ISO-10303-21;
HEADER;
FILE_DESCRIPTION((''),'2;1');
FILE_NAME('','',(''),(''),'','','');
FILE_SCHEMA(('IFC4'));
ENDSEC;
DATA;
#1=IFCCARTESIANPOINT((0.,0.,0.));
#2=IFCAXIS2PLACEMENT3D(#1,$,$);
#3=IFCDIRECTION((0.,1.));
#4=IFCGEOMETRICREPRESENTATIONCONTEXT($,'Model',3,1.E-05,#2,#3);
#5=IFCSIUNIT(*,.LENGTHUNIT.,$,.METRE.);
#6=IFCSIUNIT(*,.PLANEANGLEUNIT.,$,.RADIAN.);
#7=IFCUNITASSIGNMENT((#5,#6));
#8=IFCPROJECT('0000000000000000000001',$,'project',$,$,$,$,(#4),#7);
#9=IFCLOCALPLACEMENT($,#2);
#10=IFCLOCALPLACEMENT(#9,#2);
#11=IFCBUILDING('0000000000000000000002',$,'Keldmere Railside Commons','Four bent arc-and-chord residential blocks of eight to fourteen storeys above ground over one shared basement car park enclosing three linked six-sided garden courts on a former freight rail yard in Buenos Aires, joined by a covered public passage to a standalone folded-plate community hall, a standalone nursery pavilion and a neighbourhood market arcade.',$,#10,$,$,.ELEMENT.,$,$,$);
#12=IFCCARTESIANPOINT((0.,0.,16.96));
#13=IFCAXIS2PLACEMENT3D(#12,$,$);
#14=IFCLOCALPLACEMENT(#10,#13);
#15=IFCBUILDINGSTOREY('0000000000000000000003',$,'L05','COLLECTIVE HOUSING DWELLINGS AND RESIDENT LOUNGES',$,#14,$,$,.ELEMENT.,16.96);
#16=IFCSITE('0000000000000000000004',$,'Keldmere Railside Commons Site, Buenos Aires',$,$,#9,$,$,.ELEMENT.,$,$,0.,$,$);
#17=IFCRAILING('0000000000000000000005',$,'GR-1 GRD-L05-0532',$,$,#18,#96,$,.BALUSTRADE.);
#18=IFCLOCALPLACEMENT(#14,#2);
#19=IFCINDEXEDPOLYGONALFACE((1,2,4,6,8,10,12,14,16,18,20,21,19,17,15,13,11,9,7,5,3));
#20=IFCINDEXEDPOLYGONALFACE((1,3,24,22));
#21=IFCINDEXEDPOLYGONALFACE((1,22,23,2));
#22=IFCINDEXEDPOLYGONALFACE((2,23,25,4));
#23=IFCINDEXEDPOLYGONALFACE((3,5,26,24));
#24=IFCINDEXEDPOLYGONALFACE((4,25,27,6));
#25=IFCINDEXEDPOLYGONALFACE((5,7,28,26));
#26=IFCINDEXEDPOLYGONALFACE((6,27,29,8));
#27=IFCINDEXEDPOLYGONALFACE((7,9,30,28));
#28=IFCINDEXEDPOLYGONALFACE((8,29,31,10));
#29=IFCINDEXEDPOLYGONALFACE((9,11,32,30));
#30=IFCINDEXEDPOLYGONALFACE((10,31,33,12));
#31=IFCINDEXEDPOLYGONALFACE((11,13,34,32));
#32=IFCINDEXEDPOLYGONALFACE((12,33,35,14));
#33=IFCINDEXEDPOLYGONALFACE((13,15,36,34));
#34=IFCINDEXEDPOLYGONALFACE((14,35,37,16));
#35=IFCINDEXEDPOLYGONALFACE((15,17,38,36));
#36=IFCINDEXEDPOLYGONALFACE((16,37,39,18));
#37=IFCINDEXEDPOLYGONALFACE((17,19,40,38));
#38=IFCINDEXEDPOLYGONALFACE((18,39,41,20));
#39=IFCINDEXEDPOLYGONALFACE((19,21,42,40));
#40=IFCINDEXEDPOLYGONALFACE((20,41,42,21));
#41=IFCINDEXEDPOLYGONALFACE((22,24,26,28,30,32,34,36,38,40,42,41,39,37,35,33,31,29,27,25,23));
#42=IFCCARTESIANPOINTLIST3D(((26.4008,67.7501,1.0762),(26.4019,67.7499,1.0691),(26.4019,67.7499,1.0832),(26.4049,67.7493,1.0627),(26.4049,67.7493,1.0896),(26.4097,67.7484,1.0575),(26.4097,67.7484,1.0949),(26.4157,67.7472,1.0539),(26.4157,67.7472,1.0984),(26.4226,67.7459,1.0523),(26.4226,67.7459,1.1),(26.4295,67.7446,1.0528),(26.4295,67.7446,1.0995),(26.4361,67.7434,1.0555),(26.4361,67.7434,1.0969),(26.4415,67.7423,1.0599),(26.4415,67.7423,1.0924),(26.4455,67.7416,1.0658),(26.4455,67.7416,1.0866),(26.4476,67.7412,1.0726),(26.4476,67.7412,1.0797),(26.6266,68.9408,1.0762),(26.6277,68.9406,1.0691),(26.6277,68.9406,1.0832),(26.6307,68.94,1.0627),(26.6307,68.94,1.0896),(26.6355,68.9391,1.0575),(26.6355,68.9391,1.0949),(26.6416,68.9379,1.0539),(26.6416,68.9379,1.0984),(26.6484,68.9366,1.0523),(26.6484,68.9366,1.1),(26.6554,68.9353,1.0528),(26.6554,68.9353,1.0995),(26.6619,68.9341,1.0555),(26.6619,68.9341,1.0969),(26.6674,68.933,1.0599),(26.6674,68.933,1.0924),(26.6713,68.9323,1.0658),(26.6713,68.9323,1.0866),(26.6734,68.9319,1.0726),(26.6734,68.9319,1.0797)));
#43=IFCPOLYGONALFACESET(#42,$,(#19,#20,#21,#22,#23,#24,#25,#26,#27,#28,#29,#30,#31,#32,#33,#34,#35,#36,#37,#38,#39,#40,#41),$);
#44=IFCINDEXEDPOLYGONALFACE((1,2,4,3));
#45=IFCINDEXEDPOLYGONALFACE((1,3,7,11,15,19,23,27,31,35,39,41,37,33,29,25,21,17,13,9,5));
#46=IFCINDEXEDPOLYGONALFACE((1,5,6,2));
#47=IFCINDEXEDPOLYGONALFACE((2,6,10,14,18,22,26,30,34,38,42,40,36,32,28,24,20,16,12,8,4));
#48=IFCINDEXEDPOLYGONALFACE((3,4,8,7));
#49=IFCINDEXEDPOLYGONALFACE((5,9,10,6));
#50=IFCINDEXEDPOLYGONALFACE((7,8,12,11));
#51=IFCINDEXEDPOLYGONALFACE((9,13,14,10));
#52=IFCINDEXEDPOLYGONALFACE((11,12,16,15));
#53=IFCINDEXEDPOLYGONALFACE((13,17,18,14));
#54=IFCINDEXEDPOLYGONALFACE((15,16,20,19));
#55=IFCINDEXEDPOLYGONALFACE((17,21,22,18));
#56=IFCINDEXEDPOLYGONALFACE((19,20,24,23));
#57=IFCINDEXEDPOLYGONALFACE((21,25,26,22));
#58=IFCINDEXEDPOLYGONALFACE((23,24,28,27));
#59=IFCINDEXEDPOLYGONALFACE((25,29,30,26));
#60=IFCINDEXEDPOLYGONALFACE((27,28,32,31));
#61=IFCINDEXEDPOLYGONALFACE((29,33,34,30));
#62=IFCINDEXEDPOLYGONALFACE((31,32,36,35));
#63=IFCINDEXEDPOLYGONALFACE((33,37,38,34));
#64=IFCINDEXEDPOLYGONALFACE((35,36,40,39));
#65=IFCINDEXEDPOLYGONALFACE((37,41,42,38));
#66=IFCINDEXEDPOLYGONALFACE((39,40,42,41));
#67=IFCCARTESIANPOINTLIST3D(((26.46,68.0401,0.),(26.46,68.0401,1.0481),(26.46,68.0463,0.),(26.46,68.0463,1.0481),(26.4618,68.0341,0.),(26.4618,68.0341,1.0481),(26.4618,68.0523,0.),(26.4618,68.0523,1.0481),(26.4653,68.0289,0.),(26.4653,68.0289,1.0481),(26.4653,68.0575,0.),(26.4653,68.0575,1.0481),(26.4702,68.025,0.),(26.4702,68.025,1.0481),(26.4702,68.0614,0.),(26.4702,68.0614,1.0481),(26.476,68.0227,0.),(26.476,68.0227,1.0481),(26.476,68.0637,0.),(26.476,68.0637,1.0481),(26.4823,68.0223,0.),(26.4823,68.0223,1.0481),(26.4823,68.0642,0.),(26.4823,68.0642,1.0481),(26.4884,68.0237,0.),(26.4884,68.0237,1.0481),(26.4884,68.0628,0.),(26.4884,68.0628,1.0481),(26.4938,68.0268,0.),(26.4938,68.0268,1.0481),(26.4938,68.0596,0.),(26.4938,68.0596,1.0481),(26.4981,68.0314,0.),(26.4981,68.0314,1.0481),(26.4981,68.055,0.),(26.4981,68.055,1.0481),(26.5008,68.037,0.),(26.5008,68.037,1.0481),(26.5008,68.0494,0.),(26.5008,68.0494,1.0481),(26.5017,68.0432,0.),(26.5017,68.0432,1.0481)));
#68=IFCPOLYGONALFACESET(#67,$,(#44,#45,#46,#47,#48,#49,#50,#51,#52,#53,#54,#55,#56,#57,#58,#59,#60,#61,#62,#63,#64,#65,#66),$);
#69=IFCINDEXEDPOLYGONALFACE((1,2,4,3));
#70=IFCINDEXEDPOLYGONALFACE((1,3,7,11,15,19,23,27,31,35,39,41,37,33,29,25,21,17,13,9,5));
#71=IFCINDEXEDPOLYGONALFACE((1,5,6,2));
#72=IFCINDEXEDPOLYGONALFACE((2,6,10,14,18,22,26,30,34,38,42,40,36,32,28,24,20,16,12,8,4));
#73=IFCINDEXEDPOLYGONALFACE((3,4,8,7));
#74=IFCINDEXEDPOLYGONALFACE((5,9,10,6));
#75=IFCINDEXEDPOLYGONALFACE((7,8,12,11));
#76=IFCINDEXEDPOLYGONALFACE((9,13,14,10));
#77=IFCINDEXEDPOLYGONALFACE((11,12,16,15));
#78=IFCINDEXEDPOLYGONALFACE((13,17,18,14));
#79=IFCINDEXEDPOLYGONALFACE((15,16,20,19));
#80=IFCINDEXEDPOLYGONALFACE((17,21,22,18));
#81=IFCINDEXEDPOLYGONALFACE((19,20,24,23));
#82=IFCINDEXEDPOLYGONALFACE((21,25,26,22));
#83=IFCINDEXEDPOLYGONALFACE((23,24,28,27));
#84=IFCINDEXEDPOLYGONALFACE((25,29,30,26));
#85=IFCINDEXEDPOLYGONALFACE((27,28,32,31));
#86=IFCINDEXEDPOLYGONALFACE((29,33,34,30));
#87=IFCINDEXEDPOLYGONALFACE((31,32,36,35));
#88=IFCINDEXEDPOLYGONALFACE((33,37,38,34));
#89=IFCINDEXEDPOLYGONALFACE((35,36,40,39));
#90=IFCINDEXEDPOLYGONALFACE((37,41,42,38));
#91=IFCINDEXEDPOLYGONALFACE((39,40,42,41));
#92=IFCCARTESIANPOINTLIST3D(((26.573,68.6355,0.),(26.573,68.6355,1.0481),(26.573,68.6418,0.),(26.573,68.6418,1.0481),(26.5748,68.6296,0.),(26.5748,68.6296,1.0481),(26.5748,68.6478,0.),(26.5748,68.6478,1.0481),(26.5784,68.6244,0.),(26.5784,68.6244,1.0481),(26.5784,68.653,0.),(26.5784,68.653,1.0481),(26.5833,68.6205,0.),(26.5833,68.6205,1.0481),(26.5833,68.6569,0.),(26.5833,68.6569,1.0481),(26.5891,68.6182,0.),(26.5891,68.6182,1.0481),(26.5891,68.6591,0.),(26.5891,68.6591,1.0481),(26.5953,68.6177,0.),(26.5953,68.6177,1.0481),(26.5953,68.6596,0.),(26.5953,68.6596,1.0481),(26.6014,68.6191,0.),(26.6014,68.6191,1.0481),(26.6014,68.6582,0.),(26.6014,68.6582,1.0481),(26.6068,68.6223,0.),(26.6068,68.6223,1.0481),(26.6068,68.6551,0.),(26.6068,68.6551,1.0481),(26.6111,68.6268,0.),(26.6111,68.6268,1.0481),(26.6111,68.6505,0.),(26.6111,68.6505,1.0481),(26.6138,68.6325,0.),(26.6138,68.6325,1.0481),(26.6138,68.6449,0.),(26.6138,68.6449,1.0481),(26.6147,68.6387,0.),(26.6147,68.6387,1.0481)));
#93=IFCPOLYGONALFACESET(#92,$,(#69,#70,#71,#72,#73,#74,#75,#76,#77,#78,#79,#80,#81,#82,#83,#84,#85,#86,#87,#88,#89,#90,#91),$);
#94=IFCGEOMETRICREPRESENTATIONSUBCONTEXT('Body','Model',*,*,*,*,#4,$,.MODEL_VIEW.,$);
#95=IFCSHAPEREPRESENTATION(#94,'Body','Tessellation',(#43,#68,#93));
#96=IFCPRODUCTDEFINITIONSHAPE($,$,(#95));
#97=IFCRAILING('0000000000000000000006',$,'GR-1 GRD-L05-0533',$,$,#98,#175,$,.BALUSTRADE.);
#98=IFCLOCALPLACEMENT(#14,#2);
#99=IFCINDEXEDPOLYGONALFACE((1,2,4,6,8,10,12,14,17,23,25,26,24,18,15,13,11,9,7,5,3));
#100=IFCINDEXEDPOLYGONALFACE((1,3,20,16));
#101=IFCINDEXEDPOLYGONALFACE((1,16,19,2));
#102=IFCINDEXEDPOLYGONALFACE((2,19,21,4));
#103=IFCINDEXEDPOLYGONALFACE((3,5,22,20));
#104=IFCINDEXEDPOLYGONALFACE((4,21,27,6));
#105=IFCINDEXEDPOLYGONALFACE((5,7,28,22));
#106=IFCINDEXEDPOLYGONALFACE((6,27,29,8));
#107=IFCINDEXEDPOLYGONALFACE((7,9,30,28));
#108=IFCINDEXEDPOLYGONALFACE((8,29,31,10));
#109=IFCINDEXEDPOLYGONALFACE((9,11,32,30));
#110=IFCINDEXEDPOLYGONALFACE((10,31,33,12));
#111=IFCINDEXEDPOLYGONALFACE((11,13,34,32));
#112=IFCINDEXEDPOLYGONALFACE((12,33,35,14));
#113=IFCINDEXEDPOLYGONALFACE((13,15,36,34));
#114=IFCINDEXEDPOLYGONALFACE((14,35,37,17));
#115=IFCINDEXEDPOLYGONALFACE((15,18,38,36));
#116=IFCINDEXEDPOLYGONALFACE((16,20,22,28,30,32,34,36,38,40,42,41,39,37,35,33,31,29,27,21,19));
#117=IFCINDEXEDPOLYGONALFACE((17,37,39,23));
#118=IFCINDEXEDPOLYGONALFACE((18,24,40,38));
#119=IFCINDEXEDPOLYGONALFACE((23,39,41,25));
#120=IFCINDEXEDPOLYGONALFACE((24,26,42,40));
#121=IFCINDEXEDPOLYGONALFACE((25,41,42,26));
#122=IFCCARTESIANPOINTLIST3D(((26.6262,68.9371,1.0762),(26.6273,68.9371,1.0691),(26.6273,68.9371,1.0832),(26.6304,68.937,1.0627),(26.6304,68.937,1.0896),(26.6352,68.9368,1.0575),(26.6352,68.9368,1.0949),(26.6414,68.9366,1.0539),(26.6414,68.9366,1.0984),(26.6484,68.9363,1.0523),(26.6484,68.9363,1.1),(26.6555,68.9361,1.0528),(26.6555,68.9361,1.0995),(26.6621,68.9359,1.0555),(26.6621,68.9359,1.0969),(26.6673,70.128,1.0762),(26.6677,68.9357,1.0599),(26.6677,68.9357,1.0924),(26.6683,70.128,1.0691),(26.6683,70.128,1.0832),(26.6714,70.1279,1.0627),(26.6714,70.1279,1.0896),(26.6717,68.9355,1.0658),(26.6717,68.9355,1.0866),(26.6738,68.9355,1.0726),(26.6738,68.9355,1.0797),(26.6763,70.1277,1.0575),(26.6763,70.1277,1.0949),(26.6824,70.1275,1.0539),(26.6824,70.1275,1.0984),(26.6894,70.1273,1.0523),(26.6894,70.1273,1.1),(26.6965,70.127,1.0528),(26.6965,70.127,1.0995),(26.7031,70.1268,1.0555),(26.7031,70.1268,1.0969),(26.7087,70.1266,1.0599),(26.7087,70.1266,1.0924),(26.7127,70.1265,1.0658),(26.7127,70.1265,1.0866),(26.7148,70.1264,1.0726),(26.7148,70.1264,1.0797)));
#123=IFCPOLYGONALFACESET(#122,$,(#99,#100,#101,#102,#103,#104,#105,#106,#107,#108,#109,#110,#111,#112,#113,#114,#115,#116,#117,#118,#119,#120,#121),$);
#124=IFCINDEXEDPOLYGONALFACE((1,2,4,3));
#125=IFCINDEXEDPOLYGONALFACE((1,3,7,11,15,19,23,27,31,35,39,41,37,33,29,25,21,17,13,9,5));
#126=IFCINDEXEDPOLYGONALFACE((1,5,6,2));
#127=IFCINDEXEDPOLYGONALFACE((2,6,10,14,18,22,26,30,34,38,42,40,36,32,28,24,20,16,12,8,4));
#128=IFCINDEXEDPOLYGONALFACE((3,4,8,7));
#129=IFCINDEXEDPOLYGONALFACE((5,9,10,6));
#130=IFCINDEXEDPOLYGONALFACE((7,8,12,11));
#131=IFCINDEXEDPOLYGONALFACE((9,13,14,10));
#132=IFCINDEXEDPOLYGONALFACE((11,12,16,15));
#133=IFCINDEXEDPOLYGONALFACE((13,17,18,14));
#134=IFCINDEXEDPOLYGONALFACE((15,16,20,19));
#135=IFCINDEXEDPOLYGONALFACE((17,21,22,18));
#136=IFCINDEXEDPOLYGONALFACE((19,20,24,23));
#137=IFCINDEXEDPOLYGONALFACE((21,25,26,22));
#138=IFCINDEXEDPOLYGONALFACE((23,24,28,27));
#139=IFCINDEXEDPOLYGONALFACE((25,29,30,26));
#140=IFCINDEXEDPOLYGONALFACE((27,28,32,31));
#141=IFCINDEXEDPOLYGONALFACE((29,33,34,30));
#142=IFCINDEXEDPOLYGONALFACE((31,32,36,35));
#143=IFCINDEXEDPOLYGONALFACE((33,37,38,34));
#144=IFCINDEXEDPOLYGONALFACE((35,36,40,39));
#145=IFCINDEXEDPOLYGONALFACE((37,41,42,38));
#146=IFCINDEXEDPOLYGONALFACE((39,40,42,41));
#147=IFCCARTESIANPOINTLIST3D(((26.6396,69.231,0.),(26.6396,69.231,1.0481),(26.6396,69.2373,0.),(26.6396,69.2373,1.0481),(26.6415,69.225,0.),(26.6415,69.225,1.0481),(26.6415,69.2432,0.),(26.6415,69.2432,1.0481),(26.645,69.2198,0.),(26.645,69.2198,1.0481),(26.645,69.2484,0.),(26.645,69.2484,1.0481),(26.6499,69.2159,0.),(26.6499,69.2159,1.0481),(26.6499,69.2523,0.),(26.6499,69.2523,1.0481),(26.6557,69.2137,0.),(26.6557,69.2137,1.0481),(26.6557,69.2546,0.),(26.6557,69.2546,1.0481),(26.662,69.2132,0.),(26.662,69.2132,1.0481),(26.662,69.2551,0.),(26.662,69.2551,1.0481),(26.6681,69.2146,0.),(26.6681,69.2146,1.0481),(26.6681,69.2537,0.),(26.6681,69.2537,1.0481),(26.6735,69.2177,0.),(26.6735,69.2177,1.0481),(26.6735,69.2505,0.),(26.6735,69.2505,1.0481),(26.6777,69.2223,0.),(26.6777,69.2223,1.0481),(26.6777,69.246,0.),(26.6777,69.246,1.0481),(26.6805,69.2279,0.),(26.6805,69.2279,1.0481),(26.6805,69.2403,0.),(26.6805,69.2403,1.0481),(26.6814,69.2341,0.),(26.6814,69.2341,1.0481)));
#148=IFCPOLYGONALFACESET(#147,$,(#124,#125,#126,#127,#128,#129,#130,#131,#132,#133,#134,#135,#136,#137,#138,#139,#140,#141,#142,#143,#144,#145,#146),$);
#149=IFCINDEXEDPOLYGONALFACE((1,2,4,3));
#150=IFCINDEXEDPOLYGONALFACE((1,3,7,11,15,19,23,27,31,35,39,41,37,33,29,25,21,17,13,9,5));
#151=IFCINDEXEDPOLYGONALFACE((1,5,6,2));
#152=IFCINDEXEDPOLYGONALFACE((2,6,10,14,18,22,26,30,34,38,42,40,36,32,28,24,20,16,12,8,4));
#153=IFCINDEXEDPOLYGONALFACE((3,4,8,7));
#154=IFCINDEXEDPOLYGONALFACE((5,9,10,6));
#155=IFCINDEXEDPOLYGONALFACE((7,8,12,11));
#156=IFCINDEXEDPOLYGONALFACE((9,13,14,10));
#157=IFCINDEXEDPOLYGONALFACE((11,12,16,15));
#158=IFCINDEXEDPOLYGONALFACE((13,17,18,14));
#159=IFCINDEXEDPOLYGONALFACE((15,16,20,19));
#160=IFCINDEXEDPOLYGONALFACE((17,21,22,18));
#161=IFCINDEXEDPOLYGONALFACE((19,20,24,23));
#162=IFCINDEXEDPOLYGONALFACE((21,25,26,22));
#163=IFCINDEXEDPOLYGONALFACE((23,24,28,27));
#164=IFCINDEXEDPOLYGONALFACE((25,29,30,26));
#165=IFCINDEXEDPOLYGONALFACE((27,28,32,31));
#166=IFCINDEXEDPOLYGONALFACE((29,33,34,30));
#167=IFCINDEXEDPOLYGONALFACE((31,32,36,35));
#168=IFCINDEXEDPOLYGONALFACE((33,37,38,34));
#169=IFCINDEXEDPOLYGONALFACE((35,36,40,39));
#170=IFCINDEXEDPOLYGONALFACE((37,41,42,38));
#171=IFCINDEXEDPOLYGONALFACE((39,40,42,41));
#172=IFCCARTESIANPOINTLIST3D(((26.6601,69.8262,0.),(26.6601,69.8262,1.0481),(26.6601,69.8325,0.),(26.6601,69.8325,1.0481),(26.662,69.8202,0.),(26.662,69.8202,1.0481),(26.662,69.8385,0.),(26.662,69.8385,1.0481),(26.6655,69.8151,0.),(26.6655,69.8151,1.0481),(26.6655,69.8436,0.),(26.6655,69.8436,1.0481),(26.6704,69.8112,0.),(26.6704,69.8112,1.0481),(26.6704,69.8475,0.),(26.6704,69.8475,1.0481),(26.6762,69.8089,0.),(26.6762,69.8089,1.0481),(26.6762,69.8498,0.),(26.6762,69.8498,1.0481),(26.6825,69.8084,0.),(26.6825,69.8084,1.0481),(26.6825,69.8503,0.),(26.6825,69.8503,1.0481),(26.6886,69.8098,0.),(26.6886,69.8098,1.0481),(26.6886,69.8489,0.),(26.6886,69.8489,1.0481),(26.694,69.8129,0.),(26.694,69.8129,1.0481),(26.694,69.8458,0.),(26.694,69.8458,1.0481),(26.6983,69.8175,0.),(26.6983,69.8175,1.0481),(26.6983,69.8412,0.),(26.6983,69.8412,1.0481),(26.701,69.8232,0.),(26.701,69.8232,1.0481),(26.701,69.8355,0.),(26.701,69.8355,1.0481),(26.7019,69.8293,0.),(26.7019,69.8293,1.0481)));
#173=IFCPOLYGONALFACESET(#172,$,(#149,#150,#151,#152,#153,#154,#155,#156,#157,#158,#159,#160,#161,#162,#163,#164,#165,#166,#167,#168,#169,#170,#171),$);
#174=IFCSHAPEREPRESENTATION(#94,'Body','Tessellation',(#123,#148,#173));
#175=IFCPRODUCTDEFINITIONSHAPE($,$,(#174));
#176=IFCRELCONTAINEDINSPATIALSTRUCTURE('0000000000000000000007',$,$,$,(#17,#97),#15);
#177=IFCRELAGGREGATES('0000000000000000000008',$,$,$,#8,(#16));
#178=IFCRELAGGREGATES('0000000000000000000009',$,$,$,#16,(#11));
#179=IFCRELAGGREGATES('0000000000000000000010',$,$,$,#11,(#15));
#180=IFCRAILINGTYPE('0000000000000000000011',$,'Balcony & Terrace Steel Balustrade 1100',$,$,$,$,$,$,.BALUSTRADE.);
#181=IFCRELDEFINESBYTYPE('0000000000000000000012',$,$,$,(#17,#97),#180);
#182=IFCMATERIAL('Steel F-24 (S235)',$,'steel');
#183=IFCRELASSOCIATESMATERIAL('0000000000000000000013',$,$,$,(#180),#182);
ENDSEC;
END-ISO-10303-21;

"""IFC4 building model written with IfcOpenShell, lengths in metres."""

from ifc_helpers import new_model, si_unit, direction, frame, origin, origin_2d, place, context, subcontext, project, spatial, circle, extrude, material, type_object, element, save


model = new_model("IFC4")

# Units and contexts
model_context = context("Model", 3, precision=1e-05, world=origin(), true_north=direction((0.0, 1.0)))
body_context = subcontext(model_context, "Body", "Model", "MODEL_VIEW")
ifc_project = project(units=[si_unit("LENGTHUNIT", "METRE"), si_unit("PLANEANGLEUNIT", "RADIAN")], contexts=[model_context])

# Site, building, storey
site_placement = place(None, origin())
site = spatial("IfcSite", under=ifc_project, at=site_placement, Name="Keldmere Railside Commons Site, Buenos Aires", CompositionType="ELEMENT", RefElevation=0.0)
building_placement = place(site_placement, origin())
building = spatial("IfcBuilding", under=site, at=building_placement, Name="Keldmere Railside Commons", Description="Four bent arc-and-chord residential blocks of eight to fourteen storeys above ground over one shared basement car park enclosing three linked six-sided garden courts on a former freight rail yard in Buenos Aires, joined by a covered public passage to a standalone folded-plate community hall, a standalone nursery pavilion and a neighbourhood market arcade.", CompositionType="ELEMENT")
storey_placement = place(building_placement, frame((0.0, 0.0, 16.96)))
storey = spatial("IfcBuildingStorey", under=building, at=storey_placement, Name="L05", Description="COLLECTIVE HOUSING DWELLINGS AND RESIDENT LOUNGES", CompositionType="ELEMENT", Elevation=16.96)

# Railings
ifc_material_1 = material(Name="Steel F-24 (S235)", Category="steel")
railing_type = type_object("IfcRailingType", Name="Balcony & Terrace Steel Balustrade 1100", PredefinedType="BALUSTRADE", material=ifc_material_1)
railing_1_placement = place(storey_placement, frame((26.4243, 67.7456, 0.0)))
element("IfcRailing", 1, at=railing_1_placement, inside=storey, type_object=railing_type, Name="GR-1 GRD-L05-0532", PredefinedType="BALUSTRADE", context=body_context, shape_type="SweptSolid", body=[
    extrude(circle(Radius=0.0239, at=origin_2d()), frame((0.0, 0.0, 1.0762), z_axis=(0.186344, 0.982485, 0.0), x_axis=(-0.982485, 0.186344, 0.0)), (0.0, 0.0, 1.0), 1.2119),
    extrude(circle(Radius=0.021, at=origin_2d()), frame((0.0564, 0.2976, 0.0)), (0.0, 0.0, 1.0), 1.0481),
    extrude(circle(Radius=0.021, at=origin_2d()), frame((0.1694, 0.8931, 0.0)), (0.0, 0.0, 1.0), 1.0481),
])
railing_2_placement = place(storey_placement, frame((26.6501, 68.9363, 0.0)))
element("IfcRailing", 2, at=railing_2_placement, inside=storey, type_object=railing_type, Name="GR-1 GRD-L05-0533", PredefinedType="BALUSTRADE", context=body_context, shape_type="SweptSolid", body=[
    extrude(circle(Radius=0.0239, at=origin_2d()), frame((0.0, 0.0, 1.0762), z_axis=(0.03442, 0.999407, 0.0), x_axis=(-0.999407, 0.03442, 0.0)), (0.0, 0.0, 1.0), 1.1917),
    extrude(circle(Radius=0.021, at=origin_2d()), frame((0.0103, 0.2979, 0.0)), (0.0, 0.0, 1.0), 1.0481),
    extrude(circle(Radius=0.021, at=origin_2d()), frame((0.0308, 0.8931, 0.0)), (0.0, 0.0, 1.0), 1.0481),
])

save(model, "model.ifc")
